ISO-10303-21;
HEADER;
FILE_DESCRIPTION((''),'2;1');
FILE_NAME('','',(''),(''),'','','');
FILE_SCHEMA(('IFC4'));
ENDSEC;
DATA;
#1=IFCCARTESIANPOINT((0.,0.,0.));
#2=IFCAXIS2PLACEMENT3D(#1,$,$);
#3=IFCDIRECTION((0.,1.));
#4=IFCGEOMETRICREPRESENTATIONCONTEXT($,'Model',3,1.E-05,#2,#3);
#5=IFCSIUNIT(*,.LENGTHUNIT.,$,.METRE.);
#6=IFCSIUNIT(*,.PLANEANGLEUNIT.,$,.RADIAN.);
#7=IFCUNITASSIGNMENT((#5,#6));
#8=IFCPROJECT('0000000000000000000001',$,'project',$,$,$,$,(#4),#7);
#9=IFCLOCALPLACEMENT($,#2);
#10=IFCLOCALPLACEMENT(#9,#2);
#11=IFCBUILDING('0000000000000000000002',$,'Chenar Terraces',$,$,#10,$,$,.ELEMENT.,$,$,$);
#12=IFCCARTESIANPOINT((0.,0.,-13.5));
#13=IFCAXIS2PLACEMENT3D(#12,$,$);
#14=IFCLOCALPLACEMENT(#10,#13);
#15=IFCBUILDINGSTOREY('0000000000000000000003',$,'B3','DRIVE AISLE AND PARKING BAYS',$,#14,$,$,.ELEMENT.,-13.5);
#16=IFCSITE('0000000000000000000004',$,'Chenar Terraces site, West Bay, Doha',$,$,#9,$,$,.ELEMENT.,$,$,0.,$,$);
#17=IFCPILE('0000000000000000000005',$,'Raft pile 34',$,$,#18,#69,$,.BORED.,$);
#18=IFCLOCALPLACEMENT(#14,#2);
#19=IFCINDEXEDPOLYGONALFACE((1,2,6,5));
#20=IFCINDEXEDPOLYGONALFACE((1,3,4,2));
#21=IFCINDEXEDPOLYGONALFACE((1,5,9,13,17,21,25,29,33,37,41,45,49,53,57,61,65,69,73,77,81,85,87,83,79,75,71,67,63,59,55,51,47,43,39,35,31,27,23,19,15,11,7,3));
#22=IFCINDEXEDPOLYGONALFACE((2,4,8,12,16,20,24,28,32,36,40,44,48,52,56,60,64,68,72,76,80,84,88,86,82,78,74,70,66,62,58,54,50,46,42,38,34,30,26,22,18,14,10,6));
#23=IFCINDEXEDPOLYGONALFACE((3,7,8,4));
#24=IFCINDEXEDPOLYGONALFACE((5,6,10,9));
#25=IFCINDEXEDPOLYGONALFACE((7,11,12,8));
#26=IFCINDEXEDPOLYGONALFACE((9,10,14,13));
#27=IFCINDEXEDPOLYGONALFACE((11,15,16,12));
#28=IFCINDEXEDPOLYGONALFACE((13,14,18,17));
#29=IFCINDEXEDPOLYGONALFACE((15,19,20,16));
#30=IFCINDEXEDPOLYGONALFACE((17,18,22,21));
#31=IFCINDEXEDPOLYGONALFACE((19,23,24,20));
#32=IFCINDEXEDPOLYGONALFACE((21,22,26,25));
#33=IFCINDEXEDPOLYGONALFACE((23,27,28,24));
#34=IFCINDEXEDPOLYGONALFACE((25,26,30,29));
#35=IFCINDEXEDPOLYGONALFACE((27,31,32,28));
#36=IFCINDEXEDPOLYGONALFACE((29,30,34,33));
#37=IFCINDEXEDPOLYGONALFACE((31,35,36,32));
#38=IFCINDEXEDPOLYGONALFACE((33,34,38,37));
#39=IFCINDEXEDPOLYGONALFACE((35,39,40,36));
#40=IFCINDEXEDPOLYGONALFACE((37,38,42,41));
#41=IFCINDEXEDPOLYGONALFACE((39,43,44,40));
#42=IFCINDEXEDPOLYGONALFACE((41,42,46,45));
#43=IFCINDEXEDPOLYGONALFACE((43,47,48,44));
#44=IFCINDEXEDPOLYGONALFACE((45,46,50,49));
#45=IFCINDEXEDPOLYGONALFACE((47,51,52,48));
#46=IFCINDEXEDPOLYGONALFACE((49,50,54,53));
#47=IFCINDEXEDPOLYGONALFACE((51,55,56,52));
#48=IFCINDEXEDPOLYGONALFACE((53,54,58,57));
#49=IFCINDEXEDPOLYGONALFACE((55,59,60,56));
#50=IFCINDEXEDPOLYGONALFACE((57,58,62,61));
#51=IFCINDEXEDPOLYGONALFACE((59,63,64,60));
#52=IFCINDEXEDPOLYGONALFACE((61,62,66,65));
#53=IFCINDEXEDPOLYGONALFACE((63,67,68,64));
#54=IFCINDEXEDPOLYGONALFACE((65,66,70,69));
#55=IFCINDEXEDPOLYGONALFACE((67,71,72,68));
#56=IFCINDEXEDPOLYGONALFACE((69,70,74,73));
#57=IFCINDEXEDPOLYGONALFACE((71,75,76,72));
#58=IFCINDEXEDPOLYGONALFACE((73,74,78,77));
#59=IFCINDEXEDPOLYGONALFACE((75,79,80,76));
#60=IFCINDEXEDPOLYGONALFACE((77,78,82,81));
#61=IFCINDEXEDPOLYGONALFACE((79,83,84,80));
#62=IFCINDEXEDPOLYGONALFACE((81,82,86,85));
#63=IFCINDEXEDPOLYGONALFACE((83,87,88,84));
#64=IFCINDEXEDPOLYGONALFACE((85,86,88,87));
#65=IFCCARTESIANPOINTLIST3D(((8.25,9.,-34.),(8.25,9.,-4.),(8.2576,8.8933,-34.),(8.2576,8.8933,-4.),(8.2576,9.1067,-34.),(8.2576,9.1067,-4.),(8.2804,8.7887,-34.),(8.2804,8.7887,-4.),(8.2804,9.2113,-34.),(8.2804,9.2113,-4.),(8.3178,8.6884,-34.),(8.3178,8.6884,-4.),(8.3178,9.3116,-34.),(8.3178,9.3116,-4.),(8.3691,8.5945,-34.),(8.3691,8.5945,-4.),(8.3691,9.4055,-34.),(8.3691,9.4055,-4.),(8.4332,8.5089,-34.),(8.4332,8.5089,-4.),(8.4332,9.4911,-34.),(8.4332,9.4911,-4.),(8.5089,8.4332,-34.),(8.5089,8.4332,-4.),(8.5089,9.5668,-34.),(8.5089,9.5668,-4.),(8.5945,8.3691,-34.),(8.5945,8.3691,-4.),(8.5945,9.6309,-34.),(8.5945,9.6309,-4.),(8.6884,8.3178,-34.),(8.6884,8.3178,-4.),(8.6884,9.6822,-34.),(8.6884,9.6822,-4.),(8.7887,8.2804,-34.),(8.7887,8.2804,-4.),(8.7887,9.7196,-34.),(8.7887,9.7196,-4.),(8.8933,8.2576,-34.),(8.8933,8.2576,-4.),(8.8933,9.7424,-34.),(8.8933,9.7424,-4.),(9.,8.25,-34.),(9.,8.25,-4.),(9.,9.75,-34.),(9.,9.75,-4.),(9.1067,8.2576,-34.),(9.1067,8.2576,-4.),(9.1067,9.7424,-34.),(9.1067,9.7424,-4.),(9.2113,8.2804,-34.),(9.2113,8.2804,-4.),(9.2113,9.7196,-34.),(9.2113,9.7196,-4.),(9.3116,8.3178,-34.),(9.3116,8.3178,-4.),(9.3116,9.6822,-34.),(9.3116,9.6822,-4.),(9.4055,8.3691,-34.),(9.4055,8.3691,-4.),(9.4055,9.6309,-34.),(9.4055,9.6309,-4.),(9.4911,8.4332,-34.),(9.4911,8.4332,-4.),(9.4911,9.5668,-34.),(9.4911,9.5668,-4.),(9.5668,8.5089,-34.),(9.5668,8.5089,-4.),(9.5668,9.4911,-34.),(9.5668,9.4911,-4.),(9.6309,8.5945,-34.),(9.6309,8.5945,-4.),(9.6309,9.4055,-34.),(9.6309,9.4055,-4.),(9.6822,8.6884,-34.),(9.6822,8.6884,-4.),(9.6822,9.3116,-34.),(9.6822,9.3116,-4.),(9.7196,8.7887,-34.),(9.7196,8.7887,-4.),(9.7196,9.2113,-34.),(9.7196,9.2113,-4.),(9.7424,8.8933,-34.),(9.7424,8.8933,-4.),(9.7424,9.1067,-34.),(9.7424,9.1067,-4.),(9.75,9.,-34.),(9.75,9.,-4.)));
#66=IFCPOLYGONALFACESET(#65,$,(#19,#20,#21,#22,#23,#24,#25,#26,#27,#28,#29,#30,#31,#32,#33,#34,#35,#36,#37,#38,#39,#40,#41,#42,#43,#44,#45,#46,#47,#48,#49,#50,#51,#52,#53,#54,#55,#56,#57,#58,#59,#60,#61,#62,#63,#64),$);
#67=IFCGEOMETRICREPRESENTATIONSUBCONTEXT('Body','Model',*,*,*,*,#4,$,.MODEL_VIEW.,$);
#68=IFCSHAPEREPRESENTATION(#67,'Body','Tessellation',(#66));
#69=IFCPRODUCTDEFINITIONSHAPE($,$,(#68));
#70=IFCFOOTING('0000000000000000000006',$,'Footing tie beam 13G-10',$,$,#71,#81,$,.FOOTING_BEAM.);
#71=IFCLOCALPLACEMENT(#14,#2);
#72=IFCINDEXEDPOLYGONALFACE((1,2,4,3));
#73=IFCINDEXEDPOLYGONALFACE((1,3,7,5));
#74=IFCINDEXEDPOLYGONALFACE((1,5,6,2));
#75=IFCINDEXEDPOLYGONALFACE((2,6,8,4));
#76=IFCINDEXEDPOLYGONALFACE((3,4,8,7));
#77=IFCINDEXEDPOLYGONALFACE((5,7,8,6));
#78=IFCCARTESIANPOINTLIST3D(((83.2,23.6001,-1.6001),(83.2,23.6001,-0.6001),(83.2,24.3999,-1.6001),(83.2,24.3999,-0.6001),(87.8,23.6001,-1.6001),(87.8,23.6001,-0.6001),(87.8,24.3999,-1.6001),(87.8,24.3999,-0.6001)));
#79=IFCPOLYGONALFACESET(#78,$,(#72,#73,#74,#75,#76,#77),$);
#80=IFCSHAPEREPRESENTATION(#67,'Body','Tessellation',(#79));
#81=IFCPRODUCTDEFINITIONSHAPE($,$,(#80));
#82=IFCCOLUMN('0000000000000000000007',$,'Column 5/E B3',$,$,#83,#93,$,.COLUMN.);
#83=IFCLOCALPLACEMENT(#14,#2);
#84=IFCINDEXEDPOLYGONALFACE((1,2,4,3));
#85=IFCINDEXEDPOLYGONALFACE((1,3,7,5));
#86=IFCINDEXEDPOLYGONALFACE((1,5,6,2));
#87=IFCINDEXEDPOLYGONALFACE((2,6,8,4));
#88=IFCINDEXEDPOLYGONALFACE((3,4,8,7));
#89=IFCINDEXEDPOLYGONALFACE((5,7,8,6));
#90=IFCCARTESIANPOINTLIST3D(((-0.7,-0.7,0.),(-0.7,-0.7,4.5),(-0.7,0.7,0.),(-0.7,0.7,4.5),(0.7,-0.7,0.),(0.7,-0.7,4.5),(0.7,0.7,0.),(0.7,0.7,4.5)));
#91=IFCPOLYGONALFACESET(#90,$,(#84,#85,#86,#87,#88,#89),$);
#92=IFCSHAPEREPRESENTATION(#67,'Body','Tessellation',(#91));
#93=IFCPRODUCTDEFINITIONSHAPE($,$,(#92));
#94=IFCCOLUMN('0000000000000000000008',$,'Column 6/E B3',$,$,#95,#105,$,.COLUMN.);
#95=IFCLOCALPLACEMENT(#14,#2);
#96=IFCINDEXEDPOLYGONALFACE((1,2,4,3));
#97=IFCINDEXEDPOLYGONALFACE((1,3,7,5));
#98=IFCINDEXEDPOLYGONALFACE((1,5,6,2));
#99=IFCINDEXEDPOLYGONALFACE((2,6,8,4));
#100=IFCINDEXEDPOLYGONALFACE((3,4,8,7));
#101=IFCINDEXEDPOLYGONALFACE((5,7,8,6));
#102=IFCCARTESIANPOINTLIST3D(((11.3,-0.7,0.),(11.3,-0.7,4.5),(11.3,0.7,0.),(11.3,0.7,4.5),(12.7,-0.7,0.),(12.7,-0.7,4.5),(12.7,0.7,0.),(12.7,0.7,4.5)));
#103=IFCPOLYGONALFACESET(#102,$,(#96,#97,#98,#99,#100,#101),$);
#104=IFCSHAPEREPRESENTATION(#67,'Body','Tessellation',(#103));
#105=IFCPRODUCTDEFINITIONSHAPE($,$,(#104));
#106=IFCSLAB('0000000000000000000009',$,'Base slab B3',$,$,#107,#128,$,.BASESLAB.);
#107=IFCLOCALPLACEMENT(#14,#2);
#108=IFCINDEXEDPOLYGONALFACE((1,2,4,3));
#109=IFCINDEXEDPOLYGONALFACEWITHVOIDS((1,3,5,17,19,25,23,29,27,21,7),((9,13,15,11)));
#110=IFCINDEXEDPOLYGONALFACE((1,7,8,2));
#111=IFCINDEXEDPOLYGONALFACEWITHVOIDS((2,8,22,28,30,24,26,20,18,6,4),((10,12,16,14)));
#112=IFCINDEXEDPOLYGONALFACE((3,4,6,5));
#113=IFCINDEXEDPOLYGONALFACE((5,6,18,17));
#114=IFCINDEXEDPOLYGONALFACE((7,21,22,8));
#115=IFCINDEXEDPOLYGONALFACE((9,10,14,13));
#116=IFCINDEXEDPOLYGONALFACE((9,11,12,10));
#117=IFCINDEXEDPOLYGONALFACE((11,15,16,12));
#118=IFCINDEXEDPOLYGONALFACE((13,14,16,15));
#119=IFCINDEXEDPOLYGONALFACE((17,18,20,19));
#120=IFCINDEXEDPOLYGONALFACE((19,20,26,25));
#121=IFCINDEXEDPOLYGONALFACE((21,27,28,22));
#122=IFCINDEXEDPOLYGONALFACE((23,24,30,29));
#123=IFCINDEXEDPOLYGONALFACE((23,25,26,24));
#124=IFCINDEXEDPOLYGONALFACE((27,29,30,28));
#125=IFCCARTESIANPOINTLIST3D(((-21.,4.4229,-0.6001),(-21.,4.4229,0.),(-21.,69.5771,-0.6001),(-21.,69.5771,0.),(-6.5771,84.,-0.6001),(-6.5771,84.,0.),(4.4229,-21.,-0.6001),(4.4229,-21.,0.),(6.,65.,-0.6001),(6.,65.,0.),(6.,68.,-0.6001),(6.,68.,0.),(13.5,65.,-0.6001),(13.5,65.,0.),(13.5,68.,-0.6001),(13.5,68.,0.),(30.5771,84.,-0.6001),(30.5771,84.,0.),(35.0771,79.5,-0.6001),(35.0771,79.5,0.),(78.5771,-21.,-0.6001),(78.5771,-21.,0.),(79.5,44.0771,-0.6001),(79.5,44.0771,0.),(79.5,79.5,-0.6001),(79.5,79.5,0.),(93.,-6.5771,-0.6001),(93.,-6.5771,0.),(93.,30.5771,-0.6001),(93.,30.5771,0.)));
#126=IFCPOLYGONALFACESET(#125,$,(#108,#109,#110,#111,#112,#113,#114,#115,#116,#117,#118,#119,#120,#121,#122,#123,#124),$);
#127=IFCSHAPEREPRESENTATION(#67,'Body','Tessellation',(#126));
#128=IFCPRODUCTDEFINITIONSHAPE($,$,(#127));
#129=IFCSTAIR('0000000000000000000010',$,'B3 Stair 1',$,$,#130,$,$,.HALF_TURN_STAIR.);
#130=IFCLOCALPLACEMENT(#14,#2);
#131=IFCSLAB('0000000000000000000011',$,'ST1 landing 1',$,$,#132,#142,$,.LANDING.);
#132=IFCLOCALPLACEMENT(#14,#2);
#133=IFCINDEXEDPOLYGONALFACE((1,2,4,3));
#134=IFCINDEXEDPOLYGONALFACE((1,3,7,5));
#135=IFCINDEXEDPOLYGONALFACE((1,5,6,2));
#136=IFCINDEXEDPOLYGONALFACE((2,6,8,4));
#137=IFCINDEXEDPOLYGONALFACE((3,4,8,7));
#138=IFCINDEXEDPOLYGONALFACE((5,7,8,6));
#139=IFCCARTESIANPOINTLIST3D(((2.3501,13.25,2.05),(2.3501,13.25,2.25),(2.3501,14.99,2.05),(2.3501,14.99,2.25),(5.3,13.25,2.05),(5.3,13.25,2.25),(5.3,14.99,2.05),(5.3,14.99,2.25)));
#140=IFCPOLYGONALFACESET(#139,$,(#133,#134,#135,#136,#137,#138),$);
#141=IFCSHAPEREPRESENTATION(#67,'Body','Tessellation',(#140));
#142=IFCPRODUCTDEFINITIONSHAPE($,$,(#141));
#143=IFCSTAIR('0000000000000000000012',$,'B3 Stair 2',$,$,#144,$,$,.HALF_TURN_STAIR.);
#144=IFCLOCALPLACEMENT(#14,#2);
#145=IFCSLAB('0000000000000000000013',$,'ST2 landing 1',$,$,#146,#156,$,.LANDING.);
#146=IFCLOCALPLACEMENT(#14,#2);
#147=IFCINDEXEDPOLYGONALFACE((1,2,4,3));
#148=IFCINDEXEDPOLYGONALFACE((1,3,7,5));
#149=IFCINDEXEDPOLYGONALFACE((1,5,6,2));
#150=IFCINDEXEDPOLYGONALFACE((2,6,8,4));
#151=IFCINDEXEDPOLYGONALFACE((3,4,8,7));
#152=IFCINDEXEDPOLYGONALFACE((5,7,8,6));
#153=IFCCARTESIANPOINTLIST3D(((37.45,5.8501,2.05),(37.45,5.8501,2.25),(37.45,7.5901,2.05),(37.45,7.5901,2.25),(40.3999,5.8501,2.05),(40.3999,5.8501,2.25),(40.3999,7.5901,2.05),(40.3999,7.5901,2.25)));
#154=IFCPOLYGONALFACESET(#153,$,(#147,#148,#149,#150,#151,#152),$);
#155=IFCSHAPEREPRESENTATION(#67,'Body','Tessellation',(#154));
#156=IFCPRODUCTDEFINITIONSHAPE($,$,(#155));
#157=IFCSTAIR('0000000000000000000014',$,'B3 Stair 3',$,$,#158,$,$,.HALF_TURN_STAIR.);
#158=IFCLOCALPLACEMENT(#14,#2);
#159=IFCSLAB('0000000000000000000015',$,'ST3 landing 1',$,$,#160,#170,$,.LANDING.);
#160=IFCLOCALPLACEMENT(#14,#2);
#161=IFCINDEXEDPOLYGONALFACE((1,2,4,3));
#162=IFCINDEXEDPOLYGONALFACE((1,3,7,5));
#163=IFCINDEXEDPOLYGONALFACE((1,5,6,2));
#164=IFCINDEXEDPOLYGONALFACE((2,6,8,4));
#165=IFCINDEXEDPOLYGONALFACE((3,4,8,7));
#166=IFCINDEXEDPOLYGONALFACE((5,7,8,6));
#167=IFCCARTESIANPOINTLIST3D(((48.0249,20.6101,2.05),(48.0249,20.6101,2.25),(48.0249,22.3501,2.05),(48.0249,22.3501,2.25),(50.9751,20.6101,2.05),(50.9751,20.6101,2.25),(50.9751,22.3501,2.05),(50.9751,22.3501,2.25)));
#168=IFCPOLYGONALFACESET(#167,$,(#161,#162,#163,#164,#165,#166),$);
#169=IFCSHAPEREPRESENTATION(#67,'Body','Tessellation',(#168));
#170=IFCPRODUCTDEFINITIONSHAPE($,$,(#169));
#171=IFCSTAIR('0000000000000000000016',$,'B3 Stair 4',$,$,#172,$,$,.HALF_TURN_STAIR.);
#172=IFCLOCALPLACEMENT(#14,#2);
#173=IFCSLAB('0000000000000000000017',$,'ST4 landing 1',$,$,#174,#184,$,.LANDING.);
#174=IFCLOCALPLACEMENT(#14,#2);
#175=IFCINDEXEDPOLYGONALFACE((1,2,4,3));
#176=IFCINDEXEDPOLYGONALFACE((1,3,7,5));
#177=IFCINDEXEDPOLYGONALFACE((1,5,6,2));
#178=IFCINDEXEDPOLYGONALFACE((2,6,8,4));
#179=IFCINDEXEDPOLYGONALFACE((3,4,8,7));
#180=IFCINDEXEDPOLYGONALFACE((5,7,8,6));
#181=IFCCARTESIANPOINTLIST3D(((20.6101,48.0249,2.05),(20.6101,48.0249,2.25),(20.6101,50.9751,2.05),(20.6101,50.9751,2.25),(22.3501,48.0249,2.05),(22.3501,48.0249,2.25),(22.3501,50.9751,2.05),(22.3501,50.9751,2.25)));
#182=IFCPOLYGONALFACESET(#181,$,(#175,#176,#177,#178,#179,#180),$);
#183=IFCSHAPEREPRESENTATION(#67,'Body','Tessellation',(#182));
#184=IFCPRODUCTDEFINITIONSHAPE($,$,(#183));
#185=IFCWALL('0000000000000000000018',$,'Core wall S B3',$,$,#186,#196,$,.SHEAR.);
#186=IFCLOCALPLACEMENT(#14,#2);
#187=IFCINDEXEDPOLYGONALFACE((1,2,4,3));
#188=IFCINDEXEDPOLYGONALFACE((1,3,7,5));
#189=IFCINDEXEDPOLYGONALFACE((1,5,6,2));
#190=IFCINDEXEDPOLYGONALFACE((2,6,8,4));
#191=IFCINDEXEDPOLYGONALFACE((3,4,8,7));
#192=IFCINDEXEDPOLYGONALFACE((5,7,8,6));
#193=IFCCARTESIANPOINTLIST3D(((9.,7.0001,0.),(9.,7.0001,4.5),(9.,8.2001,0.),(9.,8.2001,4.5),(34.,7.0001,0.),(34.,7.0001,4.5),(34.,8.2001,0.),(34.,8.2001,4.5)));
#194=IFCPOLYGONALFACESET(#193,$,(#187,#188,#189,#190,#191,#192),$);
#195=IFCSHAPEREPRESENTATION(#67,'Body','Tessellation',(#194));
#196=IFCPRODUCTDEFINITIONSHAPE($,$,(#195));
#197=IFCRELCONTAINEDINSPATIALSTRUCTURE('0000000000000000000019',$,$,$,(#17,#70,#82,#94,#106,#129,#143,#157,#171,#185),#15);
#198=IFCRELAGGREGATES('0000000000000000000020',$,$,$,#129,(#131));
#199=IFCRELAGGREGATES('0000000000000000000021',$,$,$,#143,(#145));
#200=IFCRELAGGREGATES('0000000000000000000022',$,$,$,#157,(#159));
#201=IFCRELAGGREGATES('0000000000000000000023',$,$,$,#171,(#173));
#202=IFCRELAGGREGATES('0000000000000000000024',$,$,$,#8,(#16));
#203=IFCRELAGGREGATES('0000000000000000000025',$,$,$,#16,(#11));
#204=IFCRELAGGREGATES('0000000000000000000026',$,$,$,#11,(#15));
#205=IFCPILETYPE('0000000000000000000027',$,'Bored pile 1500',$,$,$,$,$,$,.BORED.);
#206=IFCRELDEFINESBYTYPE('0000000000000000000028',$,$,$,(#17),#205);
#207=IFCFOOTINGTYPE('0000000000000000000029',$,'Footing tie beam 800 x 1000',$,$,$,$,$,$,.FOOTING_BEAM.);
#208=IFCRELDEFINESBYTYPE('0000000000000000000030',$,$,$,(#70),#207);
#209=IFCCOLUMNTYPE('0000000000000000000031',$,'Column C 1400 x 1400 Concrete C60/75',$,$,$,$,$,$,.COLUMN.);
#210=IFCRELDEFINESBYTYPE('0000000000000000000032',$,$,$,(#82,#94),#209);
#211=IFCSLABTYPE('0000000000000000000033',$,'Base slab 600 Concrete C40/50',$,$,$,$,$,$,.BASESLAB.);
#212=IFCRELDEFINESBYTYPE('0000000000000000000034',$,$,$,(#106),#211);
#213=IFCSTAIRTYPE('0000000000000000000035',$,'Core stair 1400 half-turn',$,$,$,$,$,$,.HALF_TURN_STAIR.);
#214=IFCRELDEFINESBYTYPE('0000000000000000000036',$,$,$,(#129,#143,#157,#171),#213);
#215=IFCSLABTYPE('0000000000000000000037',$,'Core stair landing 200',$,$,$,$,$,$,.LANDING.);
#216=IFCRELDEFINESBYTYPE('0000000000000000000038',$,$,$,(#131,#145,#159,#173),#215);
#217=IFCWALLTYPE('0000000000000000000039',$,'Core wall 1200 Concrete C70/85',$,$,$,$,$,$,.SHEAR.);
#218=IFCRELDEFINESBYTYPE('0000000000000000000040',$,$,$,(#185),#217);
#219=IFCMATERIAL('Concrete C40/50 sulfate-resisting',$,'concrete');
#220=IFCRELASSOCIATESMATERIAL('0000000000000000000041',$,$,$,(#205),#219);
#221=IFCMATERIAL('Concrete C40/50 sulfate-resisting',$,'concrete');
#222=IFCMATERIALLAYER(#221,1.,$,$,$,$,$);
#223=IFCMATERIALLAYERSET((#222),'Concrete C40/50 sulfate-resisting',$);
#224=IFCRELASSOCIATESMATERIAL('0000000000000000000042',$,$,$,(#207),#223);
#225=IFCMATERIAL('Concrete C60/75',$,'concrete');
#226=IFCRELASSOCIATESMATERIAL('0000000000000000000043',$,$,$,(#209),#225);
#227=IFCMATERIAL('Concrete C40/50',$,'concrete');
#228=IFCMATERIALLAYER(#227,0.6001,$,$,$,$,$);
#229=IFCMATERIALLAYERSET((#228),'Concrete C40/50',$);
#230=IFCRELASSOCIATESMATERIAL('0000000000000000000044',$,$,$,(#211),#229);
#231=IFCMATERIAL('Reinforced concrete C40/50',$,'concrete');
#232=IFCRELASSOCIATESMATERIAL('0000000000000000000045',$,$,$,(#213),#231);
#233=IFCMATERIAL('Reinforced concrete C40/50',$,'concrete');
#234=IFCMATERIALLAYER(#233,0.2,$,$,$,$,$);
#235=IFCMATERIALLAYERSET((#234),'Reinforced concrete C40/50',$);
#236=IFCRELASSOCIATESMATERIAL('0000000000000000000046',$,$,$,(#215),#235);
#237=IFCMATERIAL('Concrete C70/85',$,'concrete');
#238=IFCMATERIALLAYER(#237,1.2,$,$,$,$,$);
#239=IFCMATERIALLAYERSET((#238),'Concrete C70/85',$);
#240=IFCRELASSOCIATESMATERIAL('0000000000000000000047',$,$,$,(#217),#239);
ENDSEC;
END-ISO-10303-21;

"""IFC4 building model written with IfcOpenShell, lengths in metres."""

from ifc_helpers import new_model, si_unit, direction, frame, frame_2d, origin, origin_2d, place, context, subcontext, project, spatial, polyline, rectangle, circle, outline, extrude, material, layer, layer_set, material_profile, profile_set, type_object, element, aggregate, save


model = new_model("IFC4")

# Units and contexts
model_context = context("Model", 3, precision=1e-05, world=origin(), true_north=direction((0.0, 1.0)))
body_context = subcontext(model_context, "Body", "Model", "MODEL_VIEW")
ifc_project = project(units=[si_unit("LENGTHUNIT", "METRE"), si_unit("PLANEANGLEUNIT", "RADIAN")], contexts=[model_context])

# Site, building, storey
site_placement = place(None, origin())
site = spatial("IfcSite", under=ifc_project, at=site_placement, Name="Chenar Terraces site, West Bay, Doha", CompositionType="ELEMENT", RefElevation=0.0)
building_placement = place(site_placement, origin())
building = spatial("IfcBuilding", under=site, at=building_placement, Name="Chenar Terraces", CompositionType="ELEMENT")
storey_placement = place(building_placement, frame((0.0, 0.0, -13.5)))
storey = spatial("IfcBuildingStorey", under=building, at=storey_placement, Name="B3", Description="DRIVE AISLE AND PARKING BAYS", CompositionType="ELEMENT", Elevation=-13.5)

# Pile
ifc_material_1 = material(Name="Concrete C40/50 sulfate-resisting", Category="concrete")
ifc_material_profile_1 = material_profile(ifc_material_1, circle(Radius=0.75, at=origin_2d()), Name="BP 1500")
ifc_profile_set_1 = profile_set([ifc_material_profile_1], Name="Concrete C40/50 sulfate-resisting")
pile_type_1 = type_object("IfcPileType", Name="Bored pile 1500", PredefinedType="BORED", material=ifc_profile_set_1)
for number, where, z_axis, x_axis, name in (
    (1, (9.0, 9.0, -4.0), (0.0, 0.0, -1.0), (1.0, 0.0, 0.0), "Raft pile 34"),
):
    element("IfcPile", number, at=place(storey_placement, frame(where, z_axis=z_axis, x_axis=x_axis)), inside=storey, type_object=pile_type_1, Name=name, PredefinedType="BORED", context=body_context, shape_type="SweptSolid", body=[
        extrude(circle(Radius=0.75, at=origin_2d()), origin(), (0.0, 0.0, 1.0), 30.0),
    ])

# Footing
ifc_material_2 = material(Name="Concrete C40/50 sulfate-resisting", Category="concrete")
ifc_layer_1 = layer(ifc_material_2, 1.0)
ifc_layer_set_1 = layer_set([ifc_layer_1], Name="Concrete C40/50 sulfate-resisting")
footing_type = type_object("IfcFootingType", Name="Footing tie beam 800 x 1000", PredefinedType="FOOTING_BEAM", material=ifc_layer_set_1)
footing_placement = place(storey_placement, frame((0.0, 0.0, -1.6001)))
element("IfcFooting", 2, at=footing_placement, inside=storey, type_object=footing_type, Name="Footing tie beam 13G-10", PredefinedType="FOOTING_BEAM", context=body_context, shape_type="SweptSolid", body=[
    extrude(outline(polyline([(87.8, 23.6001), (87.8, 24.3999), (83.2, 24.3999), (83.2, 23.6001), (87.8, 23.6001)])), origin(), (0.0, 0.0, 1.0), 1.0),
])

# Columns
ifc_material_3 = material(Name="Concrete C60/75", Category="concrete")
ifc_material_profile_2 = material_profile(ifc_material_3, rectangle(XDim=1.3999, YDim=1.3999, at=origin_2d()), Name="C 1400 x 1400")
ifc_profile_set_2 = profile_set([ifc_material_profile_2], Name="Concrete C60/75")
column_type = type_object("IfcColumnType", Name="Column C 1400 x 1400 Concrete C60/75", PredefinedType="COLUMN", material=ifc_profile_set_2)
for number, where, z_axis, x_axis, name in (
    (3, (0.0, 0.0, 0.0), (0.0, 0.0, 1.0), (1.0, 0.0, 0.0), "Column 5/E B3"),
    (4, (12.0, 0.0, 0.0), (0.0, 0.0, 1.0), (1.0, 0.0, 0.0), "Column 6/E B3"),
):
    element("IfcColumn", number, at=place(storey_placement, frame(where, z_axis=z_axis, x_axis=x_axis)), inside=storey, type_object=column_type, Name=name, PredefinedType="COLUMN", context=body_context, shape_type="SweptSolid", body=[
        extrude(rectangle(XDim=1.3999, YDim=1.3999, at=origin_2d()), origin(), (0.0, 0.0, 1.0), 4.5),
    ])

# Slab
ifc_material_4 = material(Name="Concrete C40/50", Category="concrete")
ifc_layer_2 = layer(ifc_material_4, 0.6001)
ifc_layer_set_2 = layer_set([ifc_layer_2], Name="Concrete C40/50")
slab_type_1 = type_object("IfcSlabType", Name="Base slab 600 Concrete C40/50", PredefinedType="BASESLAB", material=ifc_layer_set_2)
slab_1_placement = place(storey_placement, frame((0.0, 0.0, -0.6001)))
element("IfcSlab", 5, at=slab_1_placement, inside=storey, type_object=slab_type_1, Name="Base slab B3", PredefinedType="BASESLAB", context=body_context, shape_type="SweptSolid", body=[
    extrude(outline(polyline([(79.5, 79.5), (79.5, 44.0771), (93.0, 30.5771), (93.0, -6.5771), (78.5771, -21.0), (4.4229, -21.0), (-21.0, 4.4229), (-21.0, 69.5771), (-6.5771, 84.0), (30.5771, 84.0), (35.0771, 79.5), (79.5, 79.5)]), holes=[polyline([(13.5, 68.0), (6.0, 68.0), (6.0, 65.0), (13.5, 65.0), (13.5, 68.0)])]), origin(), (0.0, 0.0, 1.0), 0.6001),
])

# Stairs, slabs
ifc_material_5 = material(Name="Reinforced concrete C40/50", Category="concrete")
stair_type = type_object("IfcStairType", Name="Core stair 1400 half-turn", PredefinedType="HALF_TURN_STAIR", material=ifc_material_5)
placement_1 = place(storey_placement, origin())
stair_1 = element("IfcStair", 6, at=placement_1, inside=storey, type_object=stair_type, Name="B3 Stair 1", PredefinedType="HALF_TURN_STAIR")
ifc_material_6 = material(Name="Reinforced concrete C40/50", Category="concrete")
ifc_layer_3 = layer(ifc_material_6, 0.2)
ifc_layer_set_3 = layer_set([ifc_layer_3], Name="Reinforced concrete C40/50")
slab_type_2 = type_object("IfcSlabType", Name="Core stair landing 200", PredefinedType="LANDING", material=ifc_layer_set_3)
placement_2 = place(storey_placement, frame((0.0, 0.0, 2.05)))
slab_2 = element("IfcSlab", 7, at=placement_2, type_object=slab_type_2, Name="ST1 landing 1", PredefinedType="LANDING", context=body_context, shape_type="SweptSolid", body=[
    extrude(outline(polyline([(2.3501, 14.99), (2.3501, 13.25), (5.3, 13.25), (5.3, 14.99), (2.3501, 14.99)])), origin(), (0.0, 0.0, 1.0), 0.2),
])
aggregate(stair_1, [slab_2])
stair_2 = element("IfcStair", 8, at=placement_1, inside=storey, type_object=stair_type, Name="B3 Stair 2", PredefinedType="HALF_TURN_STAIR")
slab_3 = element("IfcSlab", 9, at=placement_2, type_object=slab_type_2, Name="ST2 landing 1", PredefinedType="LANDING", context=body_context, shape_type="SweptSolid", body=[
    extrude(outline(polyline([(37.45, 7.5901), (37.45, 5.8501), (40.3999, 5.8501), (40.3999, 7.5901), (37.45, 7.5901)])), origin(), (0.0, 0.0, 1.0), 0.2),
])
aggregate(stair_2, [slab_3])
stair_3 = element("IfcStair", 10, at=placement_1, inside=storey, type_object=stair_type, Name="B3 Stair 3", PredefinedType="HALF_TURN_STAIR")
slab_4 = element("IfcSlab", 11, at=placement_2, type_object=slab_type_2, Name="ST3 landing 1", PredefinedType="LANDING", context=body_context, shape_type="SweptSolid", body=[
    extrude(outline(polyline([(50.9751, 20.6101), (50.9751, 22.3501), (48.0249, 22.3501), (48.0249, 20.6101), (50.9751, 20.6101)])), origin(), (0.0, 0.0, 1.0), 0.2),
])
aggregate(stair_3, [slab_4])
stair_4 = element("IfcStair", 12, at=placement_1, inside=storey, type_object=stair_type, Name="B3 Stair 4", PredefinedType="HALF_TURN_STAIR")
slab_5 = element("IfcSlab", 13, at=placement_2, type_object=slab_type_2, Name="ST4 landing 1", PredefinedType="LANDING", context=body_context, shape_type="SweptSolid", body=[
    extrude(outline(polyline([(20.6101, 48.0249), (22.3501, 48.0249), (22.3501, 50.9751), (20.6101, 50.9751), (20.6101, 48.0249)])), origin(), (0.0, 0.0, 1.0), 0.2),
])
aggregate(stair_4, [slab_5])

# Wall
ifc_material_7 = material(Name="Concrete C70/85", Category="concrete")
ifc_layer_4 = layer(ifc_material_7, 1.2)
ifc_layer_set_4 = layer_set([ifc_layer_4], Name="Concrete C70/85")
wall_type_1 = type_object("IfcWallType", Name="Core wall 1200 Concrete C70/85", PredefinedType="SHEAR", material=ifc_layer_set_4)
wall_1_placement = place(storey_placement, frame((9.0, 7.6001, 0.0), z_axis=(0.0, 0.0, 1.0), x_axis=(1.0, 0.0, 0.0)))
element("IfcWall", 14, at=wall_1_placement, inside=storey, type_object=wall_type_1, Name="Core wall S B3", PredefinedType="SHEAR", context=body_context, shape_type="SweptSolid", body=[
    extrude(rectangle(XDim=25.0, YDim=1.2, at=frame_2d((12.5, 0.0))), origin(), (0.0, 0.0, 1.0), 4.5),
])

save(model, "model.ifc")
